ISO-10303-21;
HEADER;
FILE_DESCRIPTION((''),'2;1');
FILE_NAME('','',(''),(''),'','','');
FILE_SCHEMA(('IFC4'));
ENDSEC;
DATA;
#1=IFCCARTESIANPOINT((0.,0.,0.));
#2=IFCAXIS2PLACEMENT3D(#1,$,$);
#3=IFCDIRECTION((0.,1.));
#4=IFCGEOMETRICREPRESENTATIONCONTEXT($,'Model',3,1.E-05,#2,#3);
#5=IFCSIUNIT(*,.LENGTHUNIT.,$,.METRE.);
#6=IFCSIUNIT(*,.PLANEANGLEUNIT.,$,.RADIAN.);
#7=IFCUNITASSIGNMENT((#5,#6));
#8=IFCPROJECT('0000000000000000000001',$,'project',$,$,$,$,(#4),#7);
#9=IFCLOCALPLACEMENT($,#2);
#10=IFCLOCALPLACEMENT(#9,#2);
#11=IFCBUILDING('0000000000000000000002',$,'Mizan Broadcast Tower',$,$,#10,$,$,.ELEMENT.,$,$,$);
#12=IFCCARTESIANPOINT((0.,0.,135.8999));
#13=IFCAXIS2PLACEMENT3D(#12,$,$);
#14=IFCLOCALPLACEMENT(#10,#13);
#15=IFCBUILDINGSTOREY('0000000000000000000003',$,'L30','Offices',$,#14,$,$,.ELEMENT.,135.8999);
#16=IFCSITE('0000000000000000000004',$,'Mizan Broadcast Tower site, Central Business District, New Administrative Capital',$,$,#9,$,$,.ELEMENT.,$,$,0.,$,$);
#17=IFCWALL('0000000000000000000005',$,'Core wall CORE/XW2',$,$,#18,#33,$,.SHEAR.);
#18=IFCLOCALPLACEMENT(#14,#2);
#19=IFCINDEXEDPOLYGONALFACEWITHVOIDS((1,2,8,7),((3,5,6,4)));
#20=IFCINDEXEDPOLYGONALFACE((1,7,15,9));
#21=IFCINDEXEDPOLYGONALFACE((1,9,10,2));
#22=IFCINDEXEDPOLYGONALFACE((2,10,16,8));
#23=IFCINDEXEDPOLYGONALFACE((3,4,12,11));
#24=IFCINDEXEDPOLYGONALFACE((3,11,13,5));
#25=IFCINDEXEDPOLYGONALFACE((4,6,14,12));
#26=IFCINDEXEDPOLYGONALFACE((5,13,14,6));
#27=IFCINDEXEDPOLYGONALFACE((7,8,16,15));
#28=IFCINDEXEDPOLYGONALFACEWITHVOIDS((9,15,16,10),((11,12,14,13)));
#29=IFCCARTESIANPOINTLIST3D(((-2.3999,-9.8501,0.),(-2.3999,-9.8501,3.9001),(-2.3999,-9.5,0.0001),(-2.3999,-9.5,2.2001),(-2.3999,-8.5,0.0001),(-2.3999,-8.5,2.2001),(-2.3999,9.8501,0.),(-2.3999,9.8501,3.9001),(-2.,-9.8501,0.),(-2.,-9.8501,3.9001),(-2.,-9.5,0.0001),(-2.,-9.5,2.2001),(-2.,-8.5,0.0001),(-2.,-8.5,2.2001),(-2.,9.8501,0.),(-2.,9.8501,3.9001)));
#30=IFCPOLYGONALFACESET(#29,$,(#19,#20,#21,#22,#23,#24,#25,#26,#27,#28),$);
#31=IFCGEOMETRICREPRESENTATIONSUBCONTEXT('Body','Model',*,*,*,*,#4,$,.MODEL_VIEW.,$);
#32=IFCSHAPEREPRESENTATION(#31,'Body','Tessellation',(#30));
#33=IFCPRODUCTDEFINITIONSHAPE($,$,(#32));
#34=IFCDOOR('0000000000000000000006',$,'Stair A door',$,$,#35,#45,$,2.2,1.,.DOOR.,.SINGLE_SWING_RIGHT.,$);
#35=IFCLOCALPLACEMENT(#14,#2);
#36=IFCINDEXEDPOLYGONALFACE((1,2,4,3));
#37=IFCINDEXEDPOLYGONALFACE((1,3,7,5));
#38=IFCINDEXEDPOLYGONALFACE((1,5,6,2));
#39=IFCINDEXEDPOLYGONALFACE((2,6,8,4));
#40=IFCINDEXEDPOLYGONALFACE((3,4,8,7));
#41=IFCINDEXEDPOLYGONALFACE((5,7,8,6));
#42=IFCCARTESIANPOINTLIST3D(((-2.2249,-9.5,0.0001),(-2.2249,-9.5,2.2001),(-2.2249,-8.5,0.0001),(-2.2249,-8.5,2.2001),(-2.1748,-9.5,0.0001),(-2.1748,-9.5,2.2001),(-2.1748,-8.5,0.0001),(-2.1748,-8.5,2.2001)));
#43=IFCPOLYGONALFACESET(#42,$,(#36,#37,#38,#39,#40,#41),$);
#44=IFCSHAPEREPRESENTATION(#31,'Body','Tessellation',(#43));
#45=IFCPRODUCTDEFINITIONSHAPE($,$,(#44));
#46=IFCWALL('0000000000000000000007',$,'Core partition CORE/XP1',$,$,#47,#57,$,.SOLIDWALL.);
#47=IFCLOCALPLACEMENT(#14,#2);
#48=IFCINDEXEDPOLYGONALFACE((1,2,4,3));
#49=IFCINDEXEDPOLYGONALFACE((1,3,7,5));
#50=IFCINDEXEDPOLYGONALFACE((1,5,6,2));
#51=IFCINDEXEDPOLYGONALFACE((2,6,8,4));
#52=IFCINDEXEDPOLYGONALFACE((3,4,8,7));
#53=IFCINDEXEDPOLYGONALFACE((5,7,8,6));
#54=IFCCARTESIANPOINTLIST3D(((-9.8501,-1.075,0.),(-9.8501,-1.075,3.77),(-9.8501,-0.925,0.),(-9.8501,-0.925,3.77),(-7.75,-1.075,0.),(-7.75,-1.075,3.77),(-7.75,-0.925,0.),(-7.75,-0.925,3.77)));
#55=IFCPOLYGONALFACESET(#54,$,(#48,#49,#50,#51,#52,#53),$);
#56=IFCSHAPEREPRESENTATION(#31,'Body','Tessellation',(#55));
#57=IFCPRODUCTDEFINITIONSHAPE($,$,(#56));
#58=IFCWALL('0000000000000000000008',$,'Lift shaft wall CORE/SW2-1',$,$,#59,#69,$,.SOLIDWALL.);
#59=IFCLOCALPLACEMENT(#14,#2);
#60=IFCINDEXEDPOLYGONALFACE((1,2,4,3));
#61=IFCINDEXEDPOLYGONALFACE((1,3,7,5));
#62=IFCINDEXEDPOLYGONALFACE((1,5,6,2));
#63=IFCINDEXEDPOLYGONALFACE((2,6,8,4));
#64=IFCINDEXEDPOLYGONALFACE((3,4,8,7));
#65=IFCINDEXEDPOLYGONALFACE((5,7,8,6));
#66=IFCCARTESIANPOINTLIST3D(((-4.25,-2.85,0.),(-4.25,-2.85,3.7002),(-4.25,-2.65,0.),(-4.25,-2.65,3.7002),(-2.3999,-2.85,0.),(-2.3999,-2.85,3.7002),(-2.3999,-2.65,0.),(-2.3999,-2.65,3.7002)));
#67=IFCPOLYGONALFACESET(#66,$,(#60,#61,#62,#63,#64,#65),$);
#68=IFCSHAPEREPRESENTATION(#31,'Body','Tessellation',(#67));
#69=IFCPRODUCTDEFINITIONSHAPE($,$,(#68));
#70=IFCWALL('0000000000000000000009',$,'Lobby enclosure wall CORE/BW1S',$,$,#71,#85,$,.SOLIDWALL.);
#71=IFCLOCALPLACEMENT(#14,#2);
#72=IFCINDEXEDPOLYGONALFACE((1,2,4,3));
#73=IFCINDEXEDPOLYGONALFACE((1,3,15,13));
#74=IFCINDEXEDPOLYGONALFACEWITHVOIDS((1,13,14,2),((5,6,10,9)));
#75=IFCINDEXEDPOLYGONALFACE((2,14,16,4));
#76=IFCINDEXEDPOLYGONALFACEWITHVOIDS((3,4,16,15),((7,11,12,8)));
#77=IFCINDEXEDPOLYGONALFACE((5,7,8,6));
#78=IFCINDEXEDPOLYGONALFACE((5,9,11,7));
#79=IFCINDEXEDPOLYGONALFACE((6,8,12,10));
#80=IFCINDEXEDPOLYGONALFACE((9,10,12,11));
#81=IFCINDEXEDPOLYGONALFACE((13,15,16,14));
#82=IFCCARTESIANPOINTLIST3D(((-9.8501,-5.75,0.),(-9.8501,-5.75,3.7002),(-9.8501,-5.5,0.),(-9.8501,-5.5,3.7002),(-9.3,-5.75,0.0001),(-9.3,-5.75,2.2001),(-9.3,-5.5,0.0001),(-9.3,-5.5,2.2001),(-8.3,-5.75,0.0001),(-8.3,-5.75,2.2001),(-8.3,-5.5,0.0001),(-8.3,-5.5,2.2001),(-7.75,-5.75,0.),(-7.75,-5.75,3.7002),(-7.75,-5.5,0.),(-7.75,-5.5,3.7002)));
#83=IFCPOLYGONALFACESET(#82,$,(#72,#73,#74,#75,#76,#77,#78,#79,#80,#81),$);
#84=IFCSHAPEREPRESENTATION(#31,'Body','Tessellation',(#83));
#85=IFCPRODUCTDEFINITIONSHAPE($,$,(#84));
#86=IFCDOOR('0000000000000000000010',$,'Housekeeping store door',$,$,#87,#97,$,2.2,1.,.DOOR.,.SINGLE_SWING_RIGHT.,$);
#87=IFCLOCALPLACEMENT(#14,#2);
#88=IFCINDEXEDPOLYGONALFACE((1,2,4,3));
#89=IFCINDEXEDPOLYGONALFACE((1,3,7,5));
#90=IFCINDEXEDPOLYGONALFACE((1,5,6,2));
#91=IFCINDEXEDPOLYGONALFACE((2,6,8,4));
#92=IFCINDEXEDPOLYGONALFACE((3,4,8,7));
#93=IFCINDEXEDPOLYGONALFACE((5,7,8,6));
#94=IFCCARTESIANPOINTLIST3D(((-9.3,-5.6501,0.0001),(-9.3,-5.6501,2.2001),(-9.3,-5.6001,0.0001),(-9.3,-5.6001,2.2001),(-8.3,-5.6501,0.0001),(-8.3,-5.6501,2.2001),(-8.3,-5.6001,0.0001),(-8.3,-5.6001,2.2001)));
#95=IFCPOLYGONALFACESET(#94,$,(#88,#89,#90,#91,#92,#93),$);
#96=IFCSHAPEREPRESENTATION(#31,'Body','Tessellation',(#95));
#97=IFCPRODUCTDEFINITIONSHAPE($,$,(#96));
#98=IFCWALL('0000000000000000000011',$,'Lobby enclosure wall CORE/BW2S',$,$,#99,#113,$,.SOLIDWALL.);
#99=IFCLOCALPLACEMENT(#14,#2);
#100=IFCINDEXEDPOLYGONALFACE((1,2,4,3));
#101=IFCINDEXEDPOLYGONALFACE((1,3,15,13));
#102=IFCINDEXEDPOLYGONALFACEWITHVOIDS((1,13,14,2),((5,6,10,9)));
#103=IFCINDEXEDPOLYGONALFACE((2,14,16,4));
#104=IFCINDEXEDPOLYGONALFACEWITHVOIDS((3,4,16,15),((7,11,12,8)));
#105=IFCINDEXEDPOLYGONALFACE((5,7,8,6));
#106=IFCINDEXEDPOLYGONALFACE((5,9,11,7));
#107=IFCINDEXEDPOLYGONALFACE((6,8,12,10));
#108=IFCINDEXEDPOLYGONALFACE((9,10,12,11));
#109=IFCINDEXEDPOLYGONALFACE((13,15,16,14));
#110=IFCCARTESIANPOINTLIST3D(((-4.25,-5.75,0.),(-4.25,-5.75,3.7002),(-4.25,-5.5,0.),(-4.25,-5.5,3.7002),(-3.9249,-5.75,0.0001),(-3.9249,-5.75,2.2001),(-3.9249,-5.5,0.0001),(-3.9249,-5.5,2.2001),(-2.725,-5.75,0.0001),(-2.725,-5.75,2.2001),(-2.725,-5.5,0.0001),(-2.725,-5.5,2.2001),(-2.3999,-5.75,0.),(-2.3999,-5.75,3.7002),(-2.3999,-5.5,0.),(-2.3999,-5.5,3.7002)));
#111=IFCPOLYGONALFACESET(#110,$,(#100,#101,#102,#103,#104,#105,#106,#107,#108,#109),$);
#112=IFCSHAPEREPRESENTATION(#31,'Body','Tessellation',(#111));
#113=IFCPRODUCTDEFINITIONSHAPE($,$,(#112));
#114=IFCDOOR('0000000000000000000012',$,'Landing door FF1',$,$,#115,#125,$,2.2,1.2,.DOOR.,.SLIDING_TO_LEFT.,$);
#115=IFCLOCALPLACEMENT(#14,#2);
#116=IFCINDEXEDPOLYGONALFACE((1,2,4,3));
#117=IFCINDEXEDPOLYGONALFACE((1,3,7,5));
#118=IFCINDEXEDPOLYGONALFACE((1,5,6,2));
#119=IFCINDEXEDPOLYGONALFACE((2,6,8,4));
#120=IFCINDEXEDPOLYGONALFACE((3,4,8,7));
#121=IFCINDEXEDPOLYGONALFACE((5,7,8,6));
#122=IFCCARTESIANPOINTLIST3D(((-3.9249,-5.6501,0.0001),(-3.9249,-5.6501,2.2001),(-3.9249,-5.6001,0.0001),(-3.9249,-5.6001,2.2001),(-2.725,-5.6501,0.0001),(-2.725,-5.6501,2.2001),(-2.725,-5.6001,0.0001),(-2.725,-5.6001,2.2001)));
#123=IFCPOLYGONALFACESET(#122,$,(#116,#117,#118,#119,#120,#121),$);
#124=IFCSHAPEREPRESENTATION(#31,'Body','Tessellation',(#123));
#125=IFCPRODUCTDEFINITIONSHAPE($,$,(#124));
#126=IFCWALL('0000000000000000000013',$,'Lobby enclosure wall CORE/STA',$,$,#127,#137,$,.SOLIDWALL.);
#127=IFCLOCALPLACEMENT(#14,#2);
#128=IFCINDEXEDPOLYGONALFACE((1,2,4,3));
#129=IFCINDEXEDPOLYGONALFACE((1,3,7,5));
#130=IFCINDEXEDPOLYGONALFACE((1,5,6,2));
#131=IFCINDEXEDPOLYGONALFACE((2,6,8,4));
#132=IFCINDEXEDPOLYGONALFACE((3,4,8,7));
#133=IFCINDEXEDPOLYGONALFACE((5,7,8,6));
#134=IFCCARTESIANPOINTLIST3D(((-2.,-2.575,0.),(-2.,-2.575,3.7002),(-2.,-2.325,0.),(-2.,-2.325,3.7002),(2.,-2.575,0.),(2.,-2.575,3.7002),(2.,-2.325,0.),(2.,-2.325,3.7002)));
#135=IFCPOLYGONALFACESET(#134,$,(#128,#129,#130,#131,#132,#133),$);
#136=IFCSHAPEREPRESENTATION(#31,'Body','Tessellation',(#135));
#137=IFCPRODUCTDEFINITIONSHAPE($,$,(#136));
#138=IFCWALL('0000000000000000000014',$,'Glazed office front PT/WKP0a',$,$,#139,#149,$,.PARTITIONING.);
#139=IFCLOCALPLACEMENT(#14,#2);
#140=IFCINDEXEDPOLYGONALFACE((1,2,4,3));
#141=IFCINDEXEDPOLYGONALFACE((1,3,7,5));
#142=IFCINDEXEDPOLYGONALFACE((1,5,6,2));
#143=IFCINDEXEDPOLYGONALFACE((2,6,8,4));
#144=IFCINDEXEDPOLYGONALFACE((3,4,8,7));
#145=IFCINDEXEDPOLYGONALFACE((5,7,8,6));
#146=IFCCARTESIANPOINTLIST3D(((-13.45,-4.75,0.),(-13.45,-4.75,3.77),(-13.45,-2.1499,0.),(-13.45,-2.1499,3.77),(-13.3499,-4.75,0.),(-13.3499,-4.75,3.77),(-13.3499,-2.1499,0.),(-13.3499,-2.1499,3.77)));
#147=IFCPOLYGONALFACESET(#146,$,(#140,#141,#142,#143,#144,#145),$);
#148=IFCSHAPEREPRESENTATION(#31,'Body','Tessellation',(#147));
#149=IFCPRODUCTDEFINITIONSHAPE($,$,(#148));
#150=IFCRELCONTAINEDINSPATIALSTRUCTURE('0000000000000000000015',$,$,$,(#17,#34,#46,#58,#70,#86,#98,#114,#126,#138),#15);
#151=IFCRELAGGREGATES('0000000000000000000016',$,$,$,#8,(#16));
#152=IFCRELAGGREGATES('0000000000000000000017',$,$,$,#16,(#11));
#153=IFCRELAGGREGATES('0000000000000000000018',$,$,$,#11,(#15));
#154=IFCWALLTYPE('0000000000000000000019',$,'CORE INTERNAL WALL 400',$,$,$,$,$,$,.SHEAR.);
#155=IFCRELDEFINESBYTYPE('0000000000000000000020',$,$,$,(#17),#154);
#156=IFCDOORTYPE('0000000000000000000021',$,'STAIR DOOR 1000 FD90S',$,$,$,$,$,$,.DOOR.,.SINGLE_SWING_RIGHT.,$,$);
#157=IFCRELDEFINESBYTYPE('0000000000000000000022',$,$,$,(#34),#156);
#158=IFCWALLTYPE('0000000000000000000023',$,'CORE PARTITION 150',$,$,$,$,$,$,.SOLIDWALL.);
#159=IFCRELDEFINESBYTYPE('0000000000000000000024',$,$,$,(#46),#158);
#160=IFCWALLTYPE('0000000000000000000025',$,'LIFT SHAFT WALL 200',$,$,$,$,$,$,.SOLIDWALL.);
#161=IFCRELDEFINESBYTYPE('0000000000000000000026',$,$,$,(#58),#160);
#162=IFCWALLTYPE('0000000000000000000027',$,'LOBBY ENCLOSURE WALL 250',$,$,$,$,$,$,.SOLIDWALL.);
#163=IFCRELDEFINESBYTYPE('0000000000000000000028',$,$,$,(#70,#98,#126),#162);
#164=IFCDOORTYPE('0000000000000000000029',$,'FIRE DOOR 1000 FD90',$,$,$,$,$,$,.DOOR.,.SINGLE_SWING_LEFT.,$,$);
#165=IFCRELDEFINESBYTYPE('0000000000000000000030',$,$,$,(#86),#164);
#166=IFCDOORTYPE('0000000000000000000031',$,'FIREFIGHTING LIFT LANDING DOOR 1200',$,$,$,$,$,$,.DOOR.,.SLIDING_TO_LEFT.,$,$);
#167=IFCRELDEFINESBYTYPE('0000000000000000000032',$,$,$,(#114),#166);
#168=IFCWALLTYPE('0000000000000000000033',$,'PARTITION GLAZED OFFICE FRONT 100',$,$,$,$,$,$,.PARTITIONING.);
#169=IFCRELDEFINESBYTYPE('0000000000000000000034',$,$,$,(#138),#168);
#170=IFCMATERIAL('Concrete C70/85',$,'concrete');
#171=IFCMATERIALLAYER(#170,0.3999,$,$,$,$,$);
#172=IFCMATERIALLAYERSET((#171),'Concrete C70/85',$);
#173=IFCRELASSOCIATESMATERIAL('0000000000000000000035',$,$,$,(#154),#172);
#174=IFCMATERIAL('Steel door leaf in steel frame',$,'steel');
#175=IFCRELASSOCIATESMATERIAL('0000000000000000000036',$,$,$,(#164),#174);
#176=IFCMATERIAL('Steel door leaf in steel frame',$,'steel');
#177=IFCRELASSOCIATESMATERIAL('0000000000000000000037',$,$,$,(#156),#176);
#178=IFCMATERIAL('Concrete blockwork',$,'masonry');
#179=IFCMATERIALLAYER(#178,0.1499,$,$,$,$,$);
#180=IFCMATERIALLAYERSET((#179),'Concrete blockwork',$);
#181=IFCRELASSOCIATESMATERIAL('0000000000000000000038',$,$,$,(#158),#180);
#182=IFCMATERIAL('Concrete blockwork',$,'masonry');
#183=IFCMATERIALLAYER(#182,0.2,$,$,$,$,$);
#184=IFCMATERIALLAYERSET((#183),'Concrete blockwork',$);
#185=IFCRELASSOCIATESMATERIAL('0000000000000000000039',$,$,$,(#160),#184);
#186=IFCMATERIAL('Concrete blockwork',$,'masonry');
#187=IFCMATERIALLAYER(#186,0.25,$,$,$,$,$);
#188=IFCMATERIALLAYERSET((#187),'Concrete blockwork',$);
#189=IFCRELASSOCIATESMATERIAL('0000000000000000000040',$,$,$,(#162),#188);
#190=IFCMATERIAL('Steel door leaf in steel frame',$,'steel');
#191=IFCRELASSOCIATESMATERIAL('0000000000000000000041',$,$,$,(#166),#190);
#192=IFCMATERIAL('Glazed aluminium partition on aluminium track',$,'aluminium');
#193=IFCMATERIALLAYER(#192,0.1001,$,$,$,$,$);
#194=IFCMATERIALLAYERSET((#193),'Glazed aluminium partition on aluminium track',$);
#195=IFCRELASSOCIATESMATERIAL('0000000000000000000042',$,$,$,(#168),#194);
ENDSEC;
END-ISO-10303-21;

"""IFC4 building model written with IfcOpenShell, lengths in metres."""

from ifc_helpers import new_model, si_unit, direction, frame, frame_2d, origin, place, context, subcontext, project, spatial, rectangle, extrude, material, layer, layer_set, type_object, element, fill, save


model = new_model("IFC4")

# Units and contexts
model_context = context("Model", 3, precision=1e-05, world=origin(), true_north=direction((0.0, 1.0)))
body_context = subcontext(model_context, "Body", "Model", "MODEL_VIEW")
ifc_project = project(units=[si_unit("LENGTHUNIT", "METRE"), si_unit("PLANEANGLEUNIT", "RADIAN")], contexts=[model_context])

# Site, building, storey
site_placement = place(None, origin())
site = spatial("IfcSite", under=ifc_project, at=site_placement, Name="Mizan Broadcast Tower site, Central Business District, New Administrative Capital", CompositionType="ELEMENT", RefElevation=0.0)
building_placement = place(site_placement, origin())
building = spatial("IfcBuilding", under=site, at=building_placement, Name="Mizan Broadcast Tower", CompositionType="ELEMENT")
storey_placement = place(building_placement, frame((0.0, 0.0, 135.8999)))
storey = spatial("IfcBuildingStorey", under=building, at=storey_placement, Name="L30", Description="Offices", CompositionType="ELEMENT", Elevation=135.8999)

# Shared definitions
ifc_material_1 = material(Name="Concrete C70/85", Category="concrete")
ifc_layer_1 = layer(ifc_material_1, 0.3999)
ifc_layer_set_1 = layer_set([ifc_layer_1], Name="Concrete C70/85")
wall_type_1 = type_object("IfcWallType", Name="CORE INTERNAL WALL 400", PredefinedType="SHEAR", material=ifc_layer_set_1)
ifc_material_2 = material(Name="Steel door leaf in steel frame", Category="steel")
door_type_1 = type_object("IfcDoorType", Name="FIRE DOOR 1000 FD90", OperationType="SINGLE_SWING_LEFT", PredefinedType="DOOR", material=ifc_material_2)

# Wall, opening, door
wall_1_placement = place(storey_placement, frame((-2.2, -9.8501, 0.0), z_axis=(0.0, 0.0, 1.0), x_axis=(0.0, 1.0, 0.0)))
wall_1 = element("IfcWall", 1, at=wall_1_placement, inside=storey, type_object=wall_type_1, Name="Core wall CORE/XW2", PredefinedType="SHEAR", context=body_context, shape_type="SweptSolid", body=[
    extrude(rectangle(XDim=19.7002, YDim=0.3999, at=frame_2d((9.8501, 0.0))), origin(), (0.0, 0.0, 1.0), 3.9001),
])
opening_1_placement = place(wall_1_placement, frame((0.3501, 0.0, 0.0)))
opening_1 = element("IfcOpeningElement", 2, at=opening_1_placement, cuts=wall_1, PredefinedType="OPENING", context=body_context, shape_type="SweptSolid", body=[
    extrude(rectangle(XDim=1.0, YDim=2.2, at=frame_2d((0.5, 1.1001))), frame((0.0, 0.21, 0.0), z_axis=(0.0, -1.0, 0.0), x_axis=(1.0, 0.0, 0.0)), (0.0, 0.0, 1.0), 0.4199),
])
ifc_material_3 = material(Name="Steel door leaf in steel frame", Category="steel")
door_type_2 = type_object("IfcDoorType", Name="STAIR DOOR 1000 FD90S", OperationType="SINGLE_SWING_RIGHT", PredefinedType="DOOR", material=ifc_material_3)
door_1_placement = place(opening_1_placement, origin())
door_1 = element("IfcDoor", 3, at=door_1_placement, inside=storey, type_object=door_type_2, Name="Stair A door", OperationType="SINGLE_SWING_RIGHT", OverallHeight=2.2, OverallWidth=1.0, PredefinedType="DOOR", context=body_context, shape_type="SweptSolid", body=[
    extrude(rectangle(XDim=1.0, YDim=2.2, at=frame_2d((0.5, 1.1001))), frame((0.0, 0.0249, 0.0), z_axis=(0.0, -1.0, 0.0), x_axis=(1.0, 0.0, 0.0)), (0.0, 0.0, 1.0), 0.05),
])
fill(opening_1, door_1)

# Walls
ifc_material_4 = material(Name="Concrete blockwork", Category="masonry")
ifc_layer_2 = layer(ifc_material_4, 0.1499)
ifc_layer_set_2 = layer_set([ifc_layer_2], Name="Concrete blockwork")
wall_type_2 = type_object("IfcWallType", Name="CORE PARTITION 150", PredefinedType="SOLIDWALL", material=ifc_layer_set_2)
wall_2_placement = place(storey_placement, frame((-9.8501, -1.0, 0.0), z_axis=(0.0, 0.0, 1.0), x_axis=(1.0, 0.0, 0.0)))
element("IfcWall", 4, at=wall_2_placement, inside=storey, type_object=wall_type_2, Name="Core partition CORE/XP1", PredefinedType="SOLIDWALL", context=body_context, shape_type="SweptSolid", body=[
    extrude(rectangle(XDim=2.1001, YDim=0.1499, at=frame_2d((1.05, 0.0))), origin(), (0.0, 0.0, 1.0), 3.77),
])
ifc_material_5 = material(Name="Concrete blockwork", Category="masonry")
ifc_layer_3 = layer(ifc_material_5, 0.2)
ifc_layer_set_3 = layer_set([ifc_layer_3], Name="Concrete blockwork")
wall_type_3 = type_object("IfcWallType", Name="LIFT SHAFT WALL 200", PredefinedType="SOLIDWALL", material=ifc_layer_set_3)
wall_3_placement = place(storey_placement, frame((-4.25, -2.75, 0.0), z_axis=(0.0, 0.0, 1.0), x_axis=(1.0, 0.0, 0.0)))
element("IfcWall", 5, at=wall_3_placement, inside=storey, type_object=wall_type_3, Name="Lift shaft wall CORE/SW2-1", PredefinedType="SOLIDWALL", context=body_context, shape_type="SweptSolid", body=[
    extrude(rectangle(XDim=1.8501, YDim=0.2, at=frame_2d((0.925, 0.0))), origin(), (0.0, 0.0, 1.0), 3.7002),
])

# Walls, openings, doors
ifc_material_6 = material(Name="Concrete blockwork", Category="masonry")
ifc_layer_4 = layer(ifc_material_6, 0.25)
ifc_layer_set_4 = layer_set([ifc_layer_4], Name="Concrete blockwork")
wall_type_4 = type_object("IfcWallType", Name="LOBBY ENCLOSURE WALL 250", PredefinedType="SOLIDWALL", material=ifc_layer_set_4)
wall_4_placement = place(storey_placement, frame((-9.8501, -5.625, 0.0), z_axis=(0.0, 0.0, 1.0), x_axis=(1.0, 0.0, 0.0)))
wall_4 = element("IfcWall", 6, at=wall_4_placement, inside=storey, type_object=wall_type_4, Name="Lobby enclosure wall CORE/BW1S", PredefinedType="SOLIDWALL", context=body_context, shape_type="SweptSolid", body=[
    extrude(rectangle(XDim=2.1001, YDim=0.25, at=frame_2d((1.05, 0.0))), origin(), (0.0, 0.0, 1.0), 3.7002),
])
opening_2_placement = place(wall_4_placement, frame((0.55, 0.0, 0.0)))
opening_2 = element("IfcOpeningElement", 7, at=opening_2_placement, cuts=wall_4, PredefinedType="OPENING", context=body_context, shape_type="SweptSolid", body=[
    extrude(rectangle(XDim=1.0, YDim=2.2, at=frame_2d((0.5, 1.1001))), frame((0.0, 0.135, 0.0), z_axis=(0.0, -1.0, 0.0), x_axis=(1.0, 0.0, 0.0)), (0.0, 0.0, 1.0), 0.27),
])
door_2_placement = place(opening_2_placement, origin())
door_2 = element("IfcDoor", 8, at=door_2_placement, inside=storey, type_object=door_type_1, Name="Housekeeping store door", OperationType="SINGLE_SWING_RIGHT", OverallHeight=2.2, OverallWidth=1.0, PredefinedType="DOOR", context=body_context, shape_type="SweptSolid", body=[
    extrude(rectangle(XDim=1.0, YDim=2.2, at=frame_2d((0.5, 1.1001))), frame((0.0, 0.0249, 0.0), z_axis=(0.0, -1.0, 0.0), x_axis=(1.0, 0.0, 0.0)), (0.0, 0.0, 1.0), 0.05),
])
fill(opening_2, door_2)
wall_5_placement = place(storey_placement, frame((-4.25, -5.625, 0.0), z_axis=(0.0, 0.0, 1.0), x_axis=(1.0, 0.0, 0.0)))
wall_5 = element("IfcWall", 9, at=wall_5_placement, inside=storey, type_object=wall_type_4, Name="Lobby enclosure wall CORE/BW2S", PredefinedType="SOLIDWALL", context=body_context, shape_type="SweptSolid", body=[
    extrude(rectangle(XDim=1.8501, YDim=0.25, at=frame_2d((0.925, 0.0))), origin(), (0.0, 0.0, 1.0), 3.7002),
])
opening_3_placement = place(wall_5_placement, frame((0.325, 0.0, 0.0)))
opening_3 = element("IfcOpeningElement", 10, at=opening_3_placement, cuts=wall_5, PredefinedType="OPENING", context=body_context, shape_type="SweptSolid", body=[
    extrude(rectangle(XDim=1.2, YDim=2.2, at=frame_2d((0.6001, 1.1001))), frame((0.0, 0.135, 0.0), z_axis=(0.0, -1.0, 0.0), x_axis=(1.0, 0.0, 0.0)), (0.0, 0.0, 1.0), 0.27),
])
ifc_material_7 = material(Name="Steel door leaf in steel frame", Category="steel")
door_type_3 = type_object("IfcDoorType", Name="FIREFIGHTING LIFT LANDING DOOR 1200", OperationType="SLIDING_TO_LEFT", PredefinedType="DOOR", material=ifc_material_7)
door_3_placement = place(opening_3_placement, origin())
door_3 = element("IfcDoor", 11, at=door_3_placement, inside=storey, type_object=door_type_3, Name="Landing door FF1", OperationType="SLIDING_TO_LEFT", OverallHeight=2.2, OverallWidth=1.2, PredefinedType="DOOR", context=body_context, shape_type="SweptSolid", body=[
    extrude(rectangle(XDim=1.2, YDim=2.2, at=frame_2d((0.6001, 1.1001))), frame((0.0, 0.0249, 0.0), z_axis=(0.0, -1.0, 0.0), x_axis=(1.0, 0.0, 0.0)), (0.0, 0.0, 1.0), 0.05),
])
fill(opening_3, door_3)

# Walls
wall_6_placement = place(storey_placement, frame((-2.0, -2.45, 0.0), z_axis=(0.0, 0.0, 1.0), x_axis=(1.0, 0.0, 0.0)))
element("IfcWall", 12, at=wall_6_placement, inside=storey, type_object=wall_type_4, Name="Lobby enclosure wall CORE/STA", PredefinedType="SOLIDWALL", context=body_context, shape_type="SweptSolid", body=[
    extrude(rectangle(XDim=4.0, YDim=0.25, at=frame_2d((2.0, 0.0))), origin(), (0.0, 0.0, 1.0), 3.7002),
])
ifc_material_8 = material(Name="Glazed aluminium partition on aluminium track", Category="aluminium")
ifc_layer_5 = layer(ifc_material_8, 0.1001)
ifc_layer_set_5 = layer_set([ifc_layer_5], Name="Glazed aluminium partition on aluminium track")
wall_type_5 = type_object("IfcWallType", Name="PARTITION GLAZED OFFICE FRONT 100", PredefinedType="PARTITIONING", material=ifc_layer_set_5)
wall_7_placement = place(storey_placement, frame((-13.3999, -2.1499, 0.0), z_axis=(0.0, 0.0, 1.0), x_axis=(0.0, -1.0, 0.0)))
element("IfcWall", 13, at=wall_7_placement, inside=storey, type_object=wall_type_5, Name="Glazed office front PT/WKP0a", PredefinedType="PARTITIONING", context=body_context, shape_type="SweptSolid", body=[
    extrude(rectangle(XDim=2.6001, YDim=0.1001, at=frame_2d((1.3, 0.0))), origin(), (0.0, 0.0, 1.0), 3.77),
])

save(model, "model.ifc")
